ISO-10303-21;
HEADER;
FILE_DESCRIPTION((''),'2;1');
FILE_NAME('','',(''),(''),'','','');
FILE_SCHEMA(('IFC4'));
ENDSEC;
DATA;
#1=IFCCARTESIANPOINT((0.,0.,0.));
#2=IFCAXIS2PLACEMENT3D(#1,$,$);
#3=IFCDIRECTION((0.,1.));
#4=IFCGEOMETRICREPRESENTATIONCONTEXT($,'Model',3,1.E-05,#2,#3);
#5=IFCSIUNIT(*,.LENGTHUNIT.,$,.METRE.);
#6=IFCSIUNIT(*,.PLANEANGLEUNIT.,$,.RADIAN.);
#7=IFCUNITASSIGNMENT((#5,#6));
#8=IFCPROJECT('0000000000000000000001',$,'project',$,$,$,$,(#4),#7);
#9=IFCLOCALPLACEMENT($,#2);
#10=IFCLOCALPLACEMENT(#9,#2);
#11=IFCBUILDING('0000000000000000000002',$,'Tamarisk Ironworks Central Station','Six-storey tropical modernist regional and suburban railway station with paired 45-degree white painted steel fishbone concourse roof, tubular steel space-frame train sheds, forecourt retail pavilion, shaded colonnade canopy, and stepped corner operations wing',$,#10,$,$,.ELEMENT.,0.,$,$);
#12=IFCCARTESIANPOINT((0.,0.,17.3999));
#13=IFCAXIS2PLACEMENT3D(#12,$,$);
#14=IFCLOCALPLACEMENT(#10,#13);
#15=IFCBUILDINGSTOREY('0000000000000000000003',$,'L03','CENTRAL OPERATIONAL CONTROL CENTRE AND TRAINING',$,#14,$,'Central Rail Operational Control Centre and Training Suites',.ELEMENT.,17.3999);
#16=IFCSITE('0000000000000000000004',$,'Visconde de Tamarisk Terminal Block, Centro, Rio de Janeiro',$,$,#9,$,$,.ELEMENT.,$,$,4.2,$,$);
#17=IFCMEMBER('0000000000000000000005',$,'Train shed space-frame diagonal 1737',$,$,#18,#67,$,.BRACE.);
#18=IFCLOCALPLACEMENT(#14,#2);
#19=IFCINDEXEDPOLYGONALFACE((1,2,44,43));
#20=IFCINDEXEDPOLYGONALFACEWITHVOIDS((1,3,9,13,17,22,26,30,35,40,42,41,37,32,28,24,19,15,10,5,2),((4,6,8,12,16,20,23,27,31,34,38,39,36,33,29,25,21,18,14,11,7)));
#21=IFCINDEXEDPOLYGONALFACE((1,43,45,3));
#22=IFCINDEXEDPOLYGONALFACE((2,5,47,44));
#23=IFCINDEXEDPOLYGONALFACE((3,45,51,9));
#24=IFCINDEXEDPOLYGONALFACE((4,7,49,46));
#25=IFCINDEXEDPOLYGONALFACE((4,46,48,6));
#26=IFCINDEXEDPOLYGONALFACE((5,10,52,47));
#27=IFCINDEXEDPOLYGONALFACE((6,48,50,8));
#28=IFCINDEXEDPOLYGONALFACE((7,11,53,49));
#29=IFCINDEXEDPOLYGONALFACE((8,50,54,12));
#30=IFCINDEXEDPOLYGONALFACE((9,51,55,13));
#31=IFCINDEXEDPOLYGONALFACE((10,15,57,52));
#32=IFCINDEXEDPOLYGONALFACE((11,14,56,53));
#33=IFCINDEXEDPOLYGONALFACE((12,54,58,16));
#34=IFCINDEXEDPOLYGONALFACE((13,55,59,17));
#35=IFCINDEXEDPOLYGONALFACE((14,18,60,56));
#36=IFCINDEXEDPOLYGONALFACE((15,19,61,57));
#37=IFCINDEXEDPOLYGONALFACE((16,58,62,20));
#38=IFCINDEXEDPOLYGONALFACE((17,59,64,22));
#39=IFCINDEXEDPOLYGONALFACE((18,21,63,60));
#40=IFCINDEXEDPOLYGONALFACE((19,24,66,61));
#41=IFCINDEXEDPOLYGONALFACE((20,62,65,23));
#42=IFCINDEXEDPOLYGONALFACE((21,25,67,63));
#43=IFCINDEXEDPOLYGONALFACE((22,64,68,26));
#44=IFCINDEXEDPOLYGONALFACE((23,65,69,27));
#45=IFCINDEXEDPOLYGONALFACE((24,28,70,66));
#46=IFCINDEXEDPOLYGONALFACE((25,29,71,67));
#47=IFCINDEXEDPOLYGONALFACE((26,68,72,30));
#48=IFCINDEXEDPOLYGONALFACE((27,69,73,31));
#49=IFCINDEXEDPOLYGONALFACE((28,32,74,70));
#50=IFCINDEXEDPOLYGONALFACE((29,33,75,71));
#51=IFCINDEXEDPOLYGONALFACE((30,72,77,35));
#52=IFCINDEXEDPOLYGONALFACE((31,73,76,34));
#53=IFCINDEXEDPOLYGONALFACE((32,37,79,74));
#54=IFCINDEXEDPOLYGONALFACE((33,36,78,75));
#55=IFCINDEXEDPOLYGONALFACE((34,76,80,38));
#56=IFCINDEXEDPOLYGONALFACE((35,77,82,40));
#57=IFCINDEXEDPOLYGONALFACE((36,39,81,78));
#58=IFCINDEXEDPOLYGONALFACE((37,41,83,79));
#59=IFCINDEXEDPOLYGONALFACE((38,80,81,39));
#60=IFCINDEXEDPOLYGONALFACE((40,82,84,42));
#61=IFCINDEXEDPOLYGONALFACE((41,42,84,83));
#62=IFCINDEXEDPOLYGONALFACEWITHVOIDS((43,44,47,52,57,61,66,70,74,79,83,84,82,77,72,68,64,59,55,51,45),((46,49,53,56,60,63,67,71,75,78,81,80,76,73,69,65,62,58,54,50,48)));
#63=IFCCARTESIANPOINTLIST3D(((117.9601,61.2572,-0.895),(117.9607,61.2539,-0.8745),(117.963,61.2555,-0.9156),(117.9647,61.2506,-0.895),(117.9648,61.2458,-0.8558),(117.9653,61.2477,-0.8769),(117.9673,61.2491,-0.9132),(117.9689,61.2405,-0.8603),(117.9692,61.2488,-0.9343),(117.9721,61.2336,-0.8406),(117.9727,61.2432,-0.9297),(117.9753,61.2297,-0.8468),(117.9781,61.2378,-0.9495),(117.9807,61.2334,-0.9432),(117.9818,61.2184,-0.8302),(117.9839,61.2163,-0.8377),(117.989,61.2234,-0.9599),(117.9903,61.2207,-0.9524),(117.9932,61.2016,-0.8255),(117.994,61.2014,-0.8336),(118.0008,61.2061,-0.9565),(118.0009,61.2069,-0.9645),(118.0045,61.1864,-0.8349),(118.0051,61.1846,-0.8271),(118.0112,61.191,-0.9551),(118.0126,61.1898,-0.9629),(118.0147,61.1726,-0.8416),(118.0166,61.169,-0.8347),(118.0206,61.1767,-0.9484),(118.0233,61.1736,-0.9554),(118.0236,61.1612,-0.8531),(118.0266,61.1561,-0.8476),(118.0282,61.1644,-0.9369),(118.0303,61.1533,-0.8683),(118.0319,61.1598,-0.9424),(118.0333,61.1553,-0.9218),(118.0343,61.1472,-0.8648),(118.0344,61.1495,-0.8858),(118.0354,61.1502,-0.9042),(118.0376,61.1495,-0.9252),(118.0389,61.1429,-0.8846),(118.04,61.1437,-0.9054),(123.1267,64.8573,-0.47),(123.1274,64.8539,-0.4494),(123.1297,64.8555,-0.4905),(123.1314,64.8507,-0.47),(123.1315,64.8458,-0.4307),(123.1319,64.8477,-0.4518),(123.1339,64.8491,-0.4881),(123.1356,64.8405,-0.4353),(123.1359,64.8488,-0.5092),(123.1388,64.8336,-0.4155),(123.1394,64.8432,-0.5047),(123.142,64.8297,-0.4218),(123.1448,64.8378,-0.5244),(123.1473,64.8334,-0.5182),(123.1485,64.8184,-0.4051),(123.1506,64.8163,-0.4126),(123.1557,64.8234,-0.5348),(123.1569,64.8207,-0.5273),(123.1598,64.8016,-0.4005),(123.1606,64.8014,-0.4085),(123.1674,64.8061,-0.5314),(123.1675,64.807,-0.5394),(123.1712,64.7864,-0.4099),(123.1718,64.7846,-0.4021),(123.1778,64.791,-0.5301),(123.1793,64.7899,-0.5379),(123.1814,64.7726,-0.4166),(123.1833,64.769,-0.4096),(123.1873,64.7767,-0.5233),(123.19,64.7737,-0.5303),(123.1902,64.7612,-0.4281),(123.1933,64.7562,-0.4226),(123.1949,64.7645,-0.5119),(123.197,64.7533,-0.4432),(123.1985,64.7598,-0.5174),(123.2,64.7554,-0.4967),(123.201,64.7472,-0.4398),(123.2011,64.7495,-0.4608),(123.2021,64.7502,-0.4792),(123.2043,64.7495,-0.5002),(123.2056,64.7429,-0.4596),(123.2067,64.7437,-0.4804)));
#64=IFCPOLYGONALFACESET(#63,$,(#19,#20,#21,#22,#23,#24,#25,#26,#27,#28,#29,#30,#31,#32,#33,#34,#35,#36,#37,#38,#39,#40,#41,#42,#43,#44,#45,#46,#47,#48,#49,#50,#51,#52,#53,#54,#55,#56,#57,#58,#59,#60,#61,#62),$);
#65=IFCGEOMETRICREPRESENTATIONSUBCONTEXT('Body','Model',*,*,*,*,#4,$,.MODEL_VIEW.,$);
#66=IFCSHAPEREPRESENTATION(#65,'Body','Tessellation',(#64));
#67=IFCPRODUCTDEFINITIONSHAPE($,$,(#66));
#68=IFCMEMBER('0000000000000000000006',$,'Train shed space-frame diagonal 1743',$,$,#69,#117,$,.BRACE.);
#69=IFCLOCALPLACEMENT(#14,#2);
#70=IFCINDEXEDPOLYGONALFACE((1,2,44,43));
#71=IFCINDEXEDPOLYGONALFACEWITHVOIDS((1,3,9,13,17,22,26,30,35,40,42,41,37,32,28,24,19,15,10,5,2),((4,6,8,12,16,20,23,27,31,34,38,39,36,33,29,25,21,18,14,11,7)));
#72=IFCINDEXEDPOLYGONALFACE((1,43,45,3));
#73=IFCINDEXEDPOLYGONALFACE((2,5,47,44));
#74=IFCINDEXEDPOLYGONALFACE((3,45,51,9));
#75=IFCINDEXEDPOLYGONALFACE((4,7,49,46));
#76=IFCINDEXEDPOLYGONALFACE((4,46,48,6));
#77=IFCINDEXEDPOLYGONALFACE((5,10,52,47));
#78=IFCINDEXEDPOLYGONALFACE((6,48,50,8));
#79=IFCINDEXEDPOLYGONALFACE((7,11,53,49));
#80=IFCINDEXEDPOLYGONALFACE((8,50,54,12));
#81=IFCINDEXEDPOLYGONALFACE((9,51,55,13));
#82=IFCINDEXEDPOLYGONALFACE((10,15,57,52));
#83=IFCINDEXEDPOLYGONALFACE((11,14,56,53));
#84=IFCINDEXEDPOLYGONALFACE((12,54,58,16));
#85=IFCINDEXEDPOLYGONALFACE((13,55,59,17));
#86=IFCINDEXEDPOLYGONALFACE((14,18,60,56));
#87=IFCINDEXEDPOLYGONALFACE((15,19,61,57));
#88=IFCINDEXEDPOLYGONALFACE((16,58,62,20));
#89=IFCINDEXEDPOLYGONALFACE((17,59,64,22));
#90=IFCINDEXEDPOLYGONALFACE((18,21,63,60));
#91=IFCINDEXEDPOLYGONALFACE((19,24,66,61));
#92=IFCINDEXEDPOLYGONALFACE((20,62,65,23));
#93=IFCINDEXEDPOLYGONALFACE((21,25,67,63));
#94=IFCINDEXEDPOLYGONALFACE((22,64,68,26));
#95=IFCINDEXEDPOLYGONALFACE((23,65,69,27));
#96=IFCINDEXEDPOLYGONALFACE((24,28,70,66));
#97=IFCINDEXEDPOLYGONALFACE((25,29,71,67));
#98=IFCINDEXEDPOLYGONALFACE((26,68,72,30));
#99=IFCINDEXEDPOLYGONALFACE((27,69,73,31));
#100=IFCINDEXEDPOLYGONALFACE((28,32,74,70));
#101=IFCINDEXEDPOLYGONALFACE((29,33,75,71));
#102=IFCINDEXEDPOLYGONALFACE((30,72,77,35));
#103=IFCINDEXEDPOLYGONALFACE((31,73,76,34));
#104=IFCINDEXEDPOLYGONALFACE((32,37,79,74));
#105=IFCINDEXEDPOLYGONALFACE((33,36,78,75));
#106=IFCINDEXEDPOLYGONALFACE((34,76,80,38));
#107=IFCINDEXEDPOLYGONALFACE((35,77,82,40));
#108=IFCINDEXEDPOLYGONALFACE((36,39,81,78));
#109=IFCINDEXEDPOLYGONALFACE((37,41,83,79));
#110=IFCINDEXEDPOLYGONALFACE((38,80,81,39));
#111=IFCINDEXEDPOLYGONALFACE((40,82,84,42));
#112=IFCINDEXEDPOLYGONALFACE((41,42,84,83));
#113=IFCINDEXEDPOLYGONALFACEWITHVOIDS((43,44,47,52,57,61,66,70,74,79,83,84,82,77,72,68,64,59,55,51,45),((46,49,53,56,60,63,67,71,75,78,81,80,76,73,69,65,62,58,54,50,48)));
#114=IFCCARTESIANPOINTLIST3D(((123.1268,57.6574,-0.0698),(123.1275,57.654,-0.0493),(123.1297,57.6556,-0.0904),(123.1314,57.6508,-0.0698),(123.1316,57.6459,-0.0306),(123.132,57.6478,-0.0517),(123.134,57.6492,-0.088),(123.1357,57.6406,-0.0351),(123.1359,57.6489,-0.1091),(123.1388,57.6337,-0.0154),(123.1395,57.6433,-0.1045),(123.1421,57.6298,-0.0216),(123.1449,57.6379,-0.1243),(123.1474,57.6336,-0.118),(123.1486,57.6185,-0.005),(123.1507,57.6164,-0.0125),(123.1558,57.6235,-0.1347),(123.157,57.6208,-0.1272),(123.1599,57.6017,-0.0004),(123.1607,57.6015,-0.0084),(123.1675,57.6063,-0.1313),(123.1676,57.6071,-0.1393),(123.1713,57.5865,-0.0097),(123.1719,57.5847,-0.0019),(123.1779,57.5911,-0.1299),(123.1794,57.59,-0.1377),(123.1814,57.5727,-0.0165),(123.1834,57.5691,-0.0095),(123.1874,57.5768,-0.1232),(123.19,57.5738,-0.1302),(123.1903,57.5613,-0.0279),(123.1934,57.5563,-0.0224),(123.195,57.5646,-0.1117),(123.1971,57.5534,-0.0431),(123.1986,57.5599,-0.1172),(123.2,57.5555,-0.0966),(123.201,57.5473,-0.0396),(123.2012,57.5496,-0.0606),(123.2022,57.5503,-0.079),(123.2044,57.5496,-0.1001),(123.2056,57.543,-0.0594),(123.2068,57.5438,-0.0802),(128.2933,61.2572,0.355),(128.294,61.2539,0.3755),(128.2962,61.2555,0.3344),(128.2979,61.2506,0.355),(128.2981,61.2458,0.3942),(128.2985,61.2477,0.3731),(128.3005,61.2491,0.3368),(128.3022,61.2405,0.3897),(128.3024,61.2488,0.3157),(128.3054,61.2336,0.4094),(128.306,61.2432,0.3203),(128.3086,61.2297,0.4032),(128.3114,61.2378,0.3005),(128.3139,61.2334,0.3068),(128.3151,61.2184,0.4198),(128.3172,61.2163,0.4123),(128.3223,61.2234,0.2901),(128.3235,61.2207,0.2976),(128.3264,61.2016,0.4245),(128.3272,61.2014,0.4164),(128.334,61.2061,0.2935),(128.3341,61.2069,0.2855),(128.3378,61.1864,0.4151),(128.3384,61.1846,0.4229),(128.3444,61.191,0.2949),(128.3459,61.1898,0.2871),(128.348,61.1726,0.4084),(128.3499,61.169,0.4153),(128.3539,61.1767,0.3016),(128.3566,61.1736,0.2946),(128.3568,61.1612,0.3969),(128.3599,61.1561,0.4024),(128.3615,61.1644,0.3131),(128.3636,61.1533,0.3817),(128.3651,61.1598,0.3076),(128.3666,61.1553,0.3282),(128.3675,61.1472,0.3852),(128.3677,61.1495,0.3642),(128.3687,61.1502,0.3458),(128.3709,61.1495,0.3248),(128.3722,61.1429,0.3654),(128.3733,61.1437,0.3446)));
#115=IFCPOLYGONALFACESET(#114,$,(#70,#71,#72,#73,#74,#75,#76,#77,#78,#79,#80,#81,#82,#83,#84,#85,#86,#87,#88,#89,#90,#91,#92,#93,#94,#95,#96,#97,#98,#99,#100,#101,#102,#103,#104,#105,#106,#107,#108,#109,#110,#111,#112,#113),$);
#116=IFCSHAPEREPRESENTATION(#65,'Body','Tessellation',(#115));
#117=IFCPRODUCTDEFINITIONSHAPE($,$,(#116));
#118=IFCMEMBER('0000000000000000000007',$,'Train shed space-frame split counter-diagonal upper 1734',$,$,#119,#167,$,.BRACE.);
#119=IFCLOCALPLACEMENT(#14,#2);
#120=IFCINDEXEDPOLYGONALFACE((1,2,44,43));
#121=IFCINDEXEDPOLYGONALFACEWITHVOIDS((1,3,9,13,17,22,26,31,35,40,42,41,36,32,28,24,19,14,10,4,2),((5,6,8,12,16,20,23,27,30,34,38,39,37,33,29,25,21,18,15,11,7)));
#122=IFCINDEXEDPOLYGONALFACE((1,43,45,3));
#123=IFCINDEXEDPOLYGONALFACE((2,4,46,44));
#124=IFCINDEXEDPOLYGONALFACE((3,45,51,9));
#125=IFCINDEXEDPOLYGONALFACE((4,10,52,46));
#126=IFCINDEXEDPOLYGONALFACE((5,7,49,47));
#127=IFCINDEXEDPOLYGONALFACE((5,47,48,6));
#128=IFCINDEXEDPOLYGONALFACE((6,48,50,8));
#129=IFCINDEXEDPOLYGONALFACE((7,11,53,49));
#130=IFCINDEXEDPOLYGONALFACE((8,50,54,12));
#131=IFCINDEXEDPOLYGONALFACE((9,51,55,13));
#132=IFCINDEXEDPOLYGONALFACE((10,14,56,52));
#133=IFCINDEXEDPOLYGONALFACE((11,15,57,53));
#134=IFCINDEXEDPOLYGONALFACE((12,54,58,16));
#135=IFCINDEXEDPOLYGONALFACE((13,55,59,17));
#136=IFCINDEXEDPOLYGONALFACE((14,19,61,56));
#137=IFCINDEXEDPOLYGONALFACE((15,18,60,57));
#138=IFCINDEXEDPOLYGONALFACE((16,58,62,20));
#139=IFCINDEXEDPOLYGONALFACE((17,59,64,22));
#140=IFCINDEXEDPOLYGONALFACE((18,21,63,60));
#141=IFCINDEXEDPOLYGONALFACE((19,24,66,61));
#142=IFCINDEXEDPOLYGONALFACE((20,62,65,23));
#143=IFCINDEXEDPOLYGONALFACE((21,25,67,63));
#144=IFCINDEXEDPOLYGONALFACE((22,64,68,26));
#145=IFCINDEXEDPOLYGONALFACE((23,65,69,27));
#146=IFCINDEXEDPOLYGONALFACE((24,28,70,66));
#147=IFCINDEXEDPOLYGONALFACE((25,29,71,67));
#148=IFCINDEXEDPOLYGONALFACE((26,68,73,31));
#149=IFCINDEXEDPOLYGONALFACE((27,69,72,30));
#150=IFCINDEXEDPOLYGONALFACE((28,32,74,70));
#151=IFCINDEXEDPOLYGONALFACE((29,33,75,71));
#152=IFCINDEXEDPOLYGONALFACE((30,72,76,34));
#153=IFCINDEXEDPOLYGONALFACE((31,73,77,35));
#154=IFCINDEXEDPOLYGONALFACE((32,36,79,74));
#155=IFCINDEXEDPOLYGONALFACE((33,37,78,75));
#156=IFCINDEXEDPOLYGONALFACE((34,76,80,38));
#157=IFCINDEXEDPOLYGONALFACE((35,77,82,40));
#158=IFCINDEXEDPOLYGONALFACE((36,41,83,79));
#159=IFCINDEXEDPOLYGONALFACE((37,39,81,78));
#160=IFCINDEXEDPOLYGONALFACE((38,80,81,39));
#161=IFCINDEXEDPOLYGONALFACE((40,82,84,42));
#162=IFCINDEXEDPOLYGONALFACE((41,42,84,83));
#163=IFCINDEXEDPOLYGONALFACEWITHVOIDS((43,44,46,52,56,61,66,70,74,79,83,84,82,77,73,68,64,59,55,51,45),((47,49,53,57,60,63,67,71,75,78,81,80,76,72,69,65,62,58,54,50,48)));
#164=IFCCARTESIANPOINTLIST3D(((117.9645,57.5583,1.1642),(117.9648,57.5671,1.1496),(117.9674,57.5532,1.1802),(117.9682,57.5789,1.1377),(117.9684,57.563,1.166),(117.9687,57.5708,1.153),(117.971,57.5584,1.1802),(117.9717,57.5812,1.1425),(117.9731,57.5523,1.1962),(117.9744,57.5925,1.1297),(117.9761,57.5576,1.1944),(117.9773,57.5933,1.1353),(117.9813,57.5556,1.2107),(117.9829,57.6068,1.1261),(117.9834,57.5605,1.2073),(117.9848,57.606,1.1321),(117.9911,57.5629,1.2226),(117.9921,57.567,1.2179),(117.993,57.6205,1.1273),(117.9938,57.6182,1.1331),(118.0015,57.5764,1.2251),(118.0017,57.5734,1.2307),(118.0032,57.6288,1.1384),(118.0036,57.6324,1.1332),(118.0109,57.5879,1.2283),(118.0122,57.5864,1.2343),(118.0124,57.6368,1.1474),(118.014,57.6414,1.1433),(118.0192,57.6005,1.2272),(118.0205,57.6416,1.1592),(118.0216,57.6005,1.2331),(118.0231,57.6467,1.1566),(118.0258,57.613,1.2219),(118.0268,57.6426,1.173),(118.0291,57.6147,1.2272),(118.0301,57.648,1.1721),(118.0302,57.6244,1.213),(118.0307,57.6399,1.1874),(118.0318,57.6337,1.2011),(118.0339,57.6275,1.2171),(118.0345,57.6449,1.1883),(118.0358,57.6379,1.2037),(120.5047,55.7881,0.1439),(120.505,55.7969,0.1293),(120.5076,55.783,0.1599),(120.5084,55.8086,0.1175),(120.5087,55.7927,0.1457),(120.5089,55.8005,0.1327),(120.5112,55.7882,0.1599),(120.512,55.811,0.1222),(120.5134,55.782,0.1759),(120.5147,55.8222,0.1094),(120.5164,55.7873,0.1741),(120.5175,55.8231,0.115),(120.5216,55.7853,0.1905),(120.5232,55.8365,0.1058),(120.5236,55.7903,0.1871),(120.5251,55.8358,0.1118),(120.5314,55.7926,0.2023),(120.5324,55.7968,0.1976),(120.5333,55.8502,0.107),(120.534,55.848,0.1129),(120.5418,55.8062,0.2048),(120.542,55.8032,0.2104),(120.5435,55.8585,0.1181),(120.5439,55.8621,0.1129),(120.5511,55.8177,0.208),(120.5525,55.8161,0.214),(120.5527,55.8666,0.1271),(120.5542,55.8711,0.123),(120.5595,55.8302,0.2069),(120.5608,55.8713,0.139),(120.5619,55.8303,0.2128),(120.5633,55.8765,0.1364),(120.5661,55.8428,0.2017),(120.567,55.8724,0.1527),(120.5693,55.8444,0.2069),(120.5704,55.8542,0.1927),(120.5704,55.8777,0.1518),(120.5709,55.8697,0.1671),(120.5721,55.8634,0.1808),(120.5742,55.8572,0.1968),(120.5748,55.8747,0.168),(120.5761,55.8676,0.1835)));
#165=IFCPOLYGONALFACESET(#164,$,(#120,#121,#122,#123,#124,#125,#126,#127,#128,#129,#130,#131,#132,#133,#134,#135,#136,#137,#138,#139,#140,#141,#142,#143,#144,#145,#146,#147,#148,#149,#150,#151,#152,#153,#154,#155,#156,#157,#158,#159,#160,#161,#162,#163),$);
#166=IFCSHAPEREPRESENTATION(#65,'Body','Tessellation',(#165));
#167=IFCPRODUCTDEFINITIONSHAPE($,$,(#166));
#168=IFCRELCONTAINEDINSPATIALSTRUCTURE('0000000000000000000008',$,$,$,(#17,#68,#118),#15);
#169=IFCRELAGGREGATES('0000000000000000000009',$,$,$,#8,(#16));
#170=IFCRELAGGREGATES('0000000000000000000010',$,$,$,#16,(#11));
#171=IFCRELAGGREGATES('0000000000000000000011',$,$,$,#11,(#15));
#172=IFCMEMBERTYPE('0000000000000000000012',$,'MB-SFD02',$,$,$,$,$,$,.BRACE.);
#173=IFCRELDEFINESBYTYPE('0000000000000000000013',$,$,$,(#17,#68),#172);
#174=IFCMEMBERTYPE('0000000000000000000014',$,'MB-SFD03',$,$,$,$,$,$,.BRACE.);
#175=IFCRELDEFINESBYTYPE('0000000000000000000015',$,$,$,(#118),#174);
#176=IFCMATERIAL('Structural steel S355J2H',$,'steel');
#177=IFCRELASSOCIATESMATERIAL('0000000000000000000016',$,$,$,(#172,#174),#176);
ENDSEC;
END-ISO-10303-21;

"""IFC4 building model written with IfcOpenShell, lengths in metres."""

from ifc_helpers import new_model, si_unit, direction, frame, origin, origin_2d, place, context, subcontext, project, spatial, hollow_circle, extrude, material, material_profile, profile_set, type_object, element, save


model = new_model("IFC4")

# Units and contexts
model_context = context("Model", 3, precision=1e-05, world=origin(), true_north=direction((0.0, 1.0)))
body_context = subcontext(model_context, "Body", "Model", "MODEL_VIEW")
ifc_project = project(units=[si_unit("LENGTHUNIT", "METRE"), si_unit("PLANEANGLEUNIT", "RADIAN")], contexts=[model_context])

# Site, building, storey
site_placement = place(None, origin())
site = spatial("IfcSite", under=ifc_project, at=site_placement, Name="Visconde de Tamarisk Terminal Block, Centro, Rio de Janeiro", CompositionType="ELEMENT", RefElevation=4.2)
building_placement = place(site_placement, origin())
building = spatial("IfcBuilding", under=site, at=building_placement, Name="Tamarisk Ironworks Central Station", Description="Six-storey tropical modernist regional and suburban railway station with paired 45-degree white painted steel fishbone concourse roof, tubular steel space-frame train sheds, forecourt retail pavilion, shaded colonnade canopy, and stepped corner operations wing", CompositionType="ELEMENT", ElevationOfRefHeight=0.0)
storey_placement = place(building_placement, frame((0.0, 0.0, 17.3999)))
storey = spatial("IfcBuildingStorey", under=building, at=storey_placement, Name="L03", Description="CENTRAL OPERATIONAL CONTROL CENTRE AND TRAINING", LongName="Central Rail Operational Control Centre and Training Suites", CompositionType="ELEMENT", Elevation=17.3999)

# Members
ifc_material_1 = material(Name="Structural steel S355J2H", Category="steel")
ifc_material_profile_1 = material_profile(ifc_material_1, hollow_circle(Radius=0.0698, WallThickness=0.0081, at=origin_2d()), Name="CHS 139.7x8")
ifc_profile_set_1 = profile_set([ifc_material_profile_1], Name="Structural steel S355J2H")
member_type_1 = type_object("IfcMemberType", Name="MB-SFD02", PredefinedType="BRACE", material=ifc_profile_set_1)
member_1_placement = place(storey_placement, frame((118.0, 61.2, -0.895), z_axis=(0.818608, 0.570391, 0.067344), x_axis=(-0.571689, 0.82047, 0.0)))
element("IfcMember", 1, at=member_1_placement, inside=storey, type_object=member_type_1, Name="Train shed space-frame diagonal 1737", PredefinedType="BRACE", context=body_context, shape_type="SweptSolid", body=[
    extrude(hollow_circle(Radius=0.0698, WallThickness=0.0081, at=origin_2d()), origin(), (0.0, 0.0, 1.0), 6.3115),
])
member_2_placement = place(storey_placement, frame((123.1667, 57.6001, -0.0698), z_axis=(0.818615, 0.570385, 0.067309), x_axis=(-0.571681, 0.820476, 0.0)))
element("IfcMember", 2, at=member_2_placement, inside=storey, type_object=member_type_1, Name="Train shed space-frame diagonal 1743", PredefinedType="BRACE", context=body_context, shape_type="SweptSolid", body=[
    extrude(hollow_circle(Radius=0.0698, WallThickness=0.0081, at=origin_2d()), origin(), (0.0, 0.0, 1.0), 6.3113),
])
ifc_material_profile_2 = material_profile(ifc_material_1, hollow_circle(Radius=0.0571, WallThickness=0.0063, at=origin_2d()), Name="CHS 114.3x6.3")
ifc_profile_set_2 = profile_set([ifc_material_profile_2], Name="Structural steel S355J2H")
member_type_2 = type_object("IfcMemberType", Name="MB-SFD03", PredefinedType="BRACE", material=ifc_profile_set_2)
member_3_placement = place(storey_placement, frame((120.5403, 55.8298, 0.1599), z_axis=(-0.77922, 0.54302, 0.312961), x_axis=(-0.571741, -0.820434, 0.0)))
element("IfcMember", 3, at=member_3_placement, inside=storey, type_object=member_type_2, Name="Train shed space-frame split counter-diagonal upper 1734", PredefinedType="BRACE", context=body_context, shape_type="SweptSolid", body=[
    extrude(hollow_circle(Radius=0.0571, WallThickness=0.0063, at=origin_2d()), origin(), (0.0, 0.0, 1.0), 3.26),
])

save(model, "model.ifc")
